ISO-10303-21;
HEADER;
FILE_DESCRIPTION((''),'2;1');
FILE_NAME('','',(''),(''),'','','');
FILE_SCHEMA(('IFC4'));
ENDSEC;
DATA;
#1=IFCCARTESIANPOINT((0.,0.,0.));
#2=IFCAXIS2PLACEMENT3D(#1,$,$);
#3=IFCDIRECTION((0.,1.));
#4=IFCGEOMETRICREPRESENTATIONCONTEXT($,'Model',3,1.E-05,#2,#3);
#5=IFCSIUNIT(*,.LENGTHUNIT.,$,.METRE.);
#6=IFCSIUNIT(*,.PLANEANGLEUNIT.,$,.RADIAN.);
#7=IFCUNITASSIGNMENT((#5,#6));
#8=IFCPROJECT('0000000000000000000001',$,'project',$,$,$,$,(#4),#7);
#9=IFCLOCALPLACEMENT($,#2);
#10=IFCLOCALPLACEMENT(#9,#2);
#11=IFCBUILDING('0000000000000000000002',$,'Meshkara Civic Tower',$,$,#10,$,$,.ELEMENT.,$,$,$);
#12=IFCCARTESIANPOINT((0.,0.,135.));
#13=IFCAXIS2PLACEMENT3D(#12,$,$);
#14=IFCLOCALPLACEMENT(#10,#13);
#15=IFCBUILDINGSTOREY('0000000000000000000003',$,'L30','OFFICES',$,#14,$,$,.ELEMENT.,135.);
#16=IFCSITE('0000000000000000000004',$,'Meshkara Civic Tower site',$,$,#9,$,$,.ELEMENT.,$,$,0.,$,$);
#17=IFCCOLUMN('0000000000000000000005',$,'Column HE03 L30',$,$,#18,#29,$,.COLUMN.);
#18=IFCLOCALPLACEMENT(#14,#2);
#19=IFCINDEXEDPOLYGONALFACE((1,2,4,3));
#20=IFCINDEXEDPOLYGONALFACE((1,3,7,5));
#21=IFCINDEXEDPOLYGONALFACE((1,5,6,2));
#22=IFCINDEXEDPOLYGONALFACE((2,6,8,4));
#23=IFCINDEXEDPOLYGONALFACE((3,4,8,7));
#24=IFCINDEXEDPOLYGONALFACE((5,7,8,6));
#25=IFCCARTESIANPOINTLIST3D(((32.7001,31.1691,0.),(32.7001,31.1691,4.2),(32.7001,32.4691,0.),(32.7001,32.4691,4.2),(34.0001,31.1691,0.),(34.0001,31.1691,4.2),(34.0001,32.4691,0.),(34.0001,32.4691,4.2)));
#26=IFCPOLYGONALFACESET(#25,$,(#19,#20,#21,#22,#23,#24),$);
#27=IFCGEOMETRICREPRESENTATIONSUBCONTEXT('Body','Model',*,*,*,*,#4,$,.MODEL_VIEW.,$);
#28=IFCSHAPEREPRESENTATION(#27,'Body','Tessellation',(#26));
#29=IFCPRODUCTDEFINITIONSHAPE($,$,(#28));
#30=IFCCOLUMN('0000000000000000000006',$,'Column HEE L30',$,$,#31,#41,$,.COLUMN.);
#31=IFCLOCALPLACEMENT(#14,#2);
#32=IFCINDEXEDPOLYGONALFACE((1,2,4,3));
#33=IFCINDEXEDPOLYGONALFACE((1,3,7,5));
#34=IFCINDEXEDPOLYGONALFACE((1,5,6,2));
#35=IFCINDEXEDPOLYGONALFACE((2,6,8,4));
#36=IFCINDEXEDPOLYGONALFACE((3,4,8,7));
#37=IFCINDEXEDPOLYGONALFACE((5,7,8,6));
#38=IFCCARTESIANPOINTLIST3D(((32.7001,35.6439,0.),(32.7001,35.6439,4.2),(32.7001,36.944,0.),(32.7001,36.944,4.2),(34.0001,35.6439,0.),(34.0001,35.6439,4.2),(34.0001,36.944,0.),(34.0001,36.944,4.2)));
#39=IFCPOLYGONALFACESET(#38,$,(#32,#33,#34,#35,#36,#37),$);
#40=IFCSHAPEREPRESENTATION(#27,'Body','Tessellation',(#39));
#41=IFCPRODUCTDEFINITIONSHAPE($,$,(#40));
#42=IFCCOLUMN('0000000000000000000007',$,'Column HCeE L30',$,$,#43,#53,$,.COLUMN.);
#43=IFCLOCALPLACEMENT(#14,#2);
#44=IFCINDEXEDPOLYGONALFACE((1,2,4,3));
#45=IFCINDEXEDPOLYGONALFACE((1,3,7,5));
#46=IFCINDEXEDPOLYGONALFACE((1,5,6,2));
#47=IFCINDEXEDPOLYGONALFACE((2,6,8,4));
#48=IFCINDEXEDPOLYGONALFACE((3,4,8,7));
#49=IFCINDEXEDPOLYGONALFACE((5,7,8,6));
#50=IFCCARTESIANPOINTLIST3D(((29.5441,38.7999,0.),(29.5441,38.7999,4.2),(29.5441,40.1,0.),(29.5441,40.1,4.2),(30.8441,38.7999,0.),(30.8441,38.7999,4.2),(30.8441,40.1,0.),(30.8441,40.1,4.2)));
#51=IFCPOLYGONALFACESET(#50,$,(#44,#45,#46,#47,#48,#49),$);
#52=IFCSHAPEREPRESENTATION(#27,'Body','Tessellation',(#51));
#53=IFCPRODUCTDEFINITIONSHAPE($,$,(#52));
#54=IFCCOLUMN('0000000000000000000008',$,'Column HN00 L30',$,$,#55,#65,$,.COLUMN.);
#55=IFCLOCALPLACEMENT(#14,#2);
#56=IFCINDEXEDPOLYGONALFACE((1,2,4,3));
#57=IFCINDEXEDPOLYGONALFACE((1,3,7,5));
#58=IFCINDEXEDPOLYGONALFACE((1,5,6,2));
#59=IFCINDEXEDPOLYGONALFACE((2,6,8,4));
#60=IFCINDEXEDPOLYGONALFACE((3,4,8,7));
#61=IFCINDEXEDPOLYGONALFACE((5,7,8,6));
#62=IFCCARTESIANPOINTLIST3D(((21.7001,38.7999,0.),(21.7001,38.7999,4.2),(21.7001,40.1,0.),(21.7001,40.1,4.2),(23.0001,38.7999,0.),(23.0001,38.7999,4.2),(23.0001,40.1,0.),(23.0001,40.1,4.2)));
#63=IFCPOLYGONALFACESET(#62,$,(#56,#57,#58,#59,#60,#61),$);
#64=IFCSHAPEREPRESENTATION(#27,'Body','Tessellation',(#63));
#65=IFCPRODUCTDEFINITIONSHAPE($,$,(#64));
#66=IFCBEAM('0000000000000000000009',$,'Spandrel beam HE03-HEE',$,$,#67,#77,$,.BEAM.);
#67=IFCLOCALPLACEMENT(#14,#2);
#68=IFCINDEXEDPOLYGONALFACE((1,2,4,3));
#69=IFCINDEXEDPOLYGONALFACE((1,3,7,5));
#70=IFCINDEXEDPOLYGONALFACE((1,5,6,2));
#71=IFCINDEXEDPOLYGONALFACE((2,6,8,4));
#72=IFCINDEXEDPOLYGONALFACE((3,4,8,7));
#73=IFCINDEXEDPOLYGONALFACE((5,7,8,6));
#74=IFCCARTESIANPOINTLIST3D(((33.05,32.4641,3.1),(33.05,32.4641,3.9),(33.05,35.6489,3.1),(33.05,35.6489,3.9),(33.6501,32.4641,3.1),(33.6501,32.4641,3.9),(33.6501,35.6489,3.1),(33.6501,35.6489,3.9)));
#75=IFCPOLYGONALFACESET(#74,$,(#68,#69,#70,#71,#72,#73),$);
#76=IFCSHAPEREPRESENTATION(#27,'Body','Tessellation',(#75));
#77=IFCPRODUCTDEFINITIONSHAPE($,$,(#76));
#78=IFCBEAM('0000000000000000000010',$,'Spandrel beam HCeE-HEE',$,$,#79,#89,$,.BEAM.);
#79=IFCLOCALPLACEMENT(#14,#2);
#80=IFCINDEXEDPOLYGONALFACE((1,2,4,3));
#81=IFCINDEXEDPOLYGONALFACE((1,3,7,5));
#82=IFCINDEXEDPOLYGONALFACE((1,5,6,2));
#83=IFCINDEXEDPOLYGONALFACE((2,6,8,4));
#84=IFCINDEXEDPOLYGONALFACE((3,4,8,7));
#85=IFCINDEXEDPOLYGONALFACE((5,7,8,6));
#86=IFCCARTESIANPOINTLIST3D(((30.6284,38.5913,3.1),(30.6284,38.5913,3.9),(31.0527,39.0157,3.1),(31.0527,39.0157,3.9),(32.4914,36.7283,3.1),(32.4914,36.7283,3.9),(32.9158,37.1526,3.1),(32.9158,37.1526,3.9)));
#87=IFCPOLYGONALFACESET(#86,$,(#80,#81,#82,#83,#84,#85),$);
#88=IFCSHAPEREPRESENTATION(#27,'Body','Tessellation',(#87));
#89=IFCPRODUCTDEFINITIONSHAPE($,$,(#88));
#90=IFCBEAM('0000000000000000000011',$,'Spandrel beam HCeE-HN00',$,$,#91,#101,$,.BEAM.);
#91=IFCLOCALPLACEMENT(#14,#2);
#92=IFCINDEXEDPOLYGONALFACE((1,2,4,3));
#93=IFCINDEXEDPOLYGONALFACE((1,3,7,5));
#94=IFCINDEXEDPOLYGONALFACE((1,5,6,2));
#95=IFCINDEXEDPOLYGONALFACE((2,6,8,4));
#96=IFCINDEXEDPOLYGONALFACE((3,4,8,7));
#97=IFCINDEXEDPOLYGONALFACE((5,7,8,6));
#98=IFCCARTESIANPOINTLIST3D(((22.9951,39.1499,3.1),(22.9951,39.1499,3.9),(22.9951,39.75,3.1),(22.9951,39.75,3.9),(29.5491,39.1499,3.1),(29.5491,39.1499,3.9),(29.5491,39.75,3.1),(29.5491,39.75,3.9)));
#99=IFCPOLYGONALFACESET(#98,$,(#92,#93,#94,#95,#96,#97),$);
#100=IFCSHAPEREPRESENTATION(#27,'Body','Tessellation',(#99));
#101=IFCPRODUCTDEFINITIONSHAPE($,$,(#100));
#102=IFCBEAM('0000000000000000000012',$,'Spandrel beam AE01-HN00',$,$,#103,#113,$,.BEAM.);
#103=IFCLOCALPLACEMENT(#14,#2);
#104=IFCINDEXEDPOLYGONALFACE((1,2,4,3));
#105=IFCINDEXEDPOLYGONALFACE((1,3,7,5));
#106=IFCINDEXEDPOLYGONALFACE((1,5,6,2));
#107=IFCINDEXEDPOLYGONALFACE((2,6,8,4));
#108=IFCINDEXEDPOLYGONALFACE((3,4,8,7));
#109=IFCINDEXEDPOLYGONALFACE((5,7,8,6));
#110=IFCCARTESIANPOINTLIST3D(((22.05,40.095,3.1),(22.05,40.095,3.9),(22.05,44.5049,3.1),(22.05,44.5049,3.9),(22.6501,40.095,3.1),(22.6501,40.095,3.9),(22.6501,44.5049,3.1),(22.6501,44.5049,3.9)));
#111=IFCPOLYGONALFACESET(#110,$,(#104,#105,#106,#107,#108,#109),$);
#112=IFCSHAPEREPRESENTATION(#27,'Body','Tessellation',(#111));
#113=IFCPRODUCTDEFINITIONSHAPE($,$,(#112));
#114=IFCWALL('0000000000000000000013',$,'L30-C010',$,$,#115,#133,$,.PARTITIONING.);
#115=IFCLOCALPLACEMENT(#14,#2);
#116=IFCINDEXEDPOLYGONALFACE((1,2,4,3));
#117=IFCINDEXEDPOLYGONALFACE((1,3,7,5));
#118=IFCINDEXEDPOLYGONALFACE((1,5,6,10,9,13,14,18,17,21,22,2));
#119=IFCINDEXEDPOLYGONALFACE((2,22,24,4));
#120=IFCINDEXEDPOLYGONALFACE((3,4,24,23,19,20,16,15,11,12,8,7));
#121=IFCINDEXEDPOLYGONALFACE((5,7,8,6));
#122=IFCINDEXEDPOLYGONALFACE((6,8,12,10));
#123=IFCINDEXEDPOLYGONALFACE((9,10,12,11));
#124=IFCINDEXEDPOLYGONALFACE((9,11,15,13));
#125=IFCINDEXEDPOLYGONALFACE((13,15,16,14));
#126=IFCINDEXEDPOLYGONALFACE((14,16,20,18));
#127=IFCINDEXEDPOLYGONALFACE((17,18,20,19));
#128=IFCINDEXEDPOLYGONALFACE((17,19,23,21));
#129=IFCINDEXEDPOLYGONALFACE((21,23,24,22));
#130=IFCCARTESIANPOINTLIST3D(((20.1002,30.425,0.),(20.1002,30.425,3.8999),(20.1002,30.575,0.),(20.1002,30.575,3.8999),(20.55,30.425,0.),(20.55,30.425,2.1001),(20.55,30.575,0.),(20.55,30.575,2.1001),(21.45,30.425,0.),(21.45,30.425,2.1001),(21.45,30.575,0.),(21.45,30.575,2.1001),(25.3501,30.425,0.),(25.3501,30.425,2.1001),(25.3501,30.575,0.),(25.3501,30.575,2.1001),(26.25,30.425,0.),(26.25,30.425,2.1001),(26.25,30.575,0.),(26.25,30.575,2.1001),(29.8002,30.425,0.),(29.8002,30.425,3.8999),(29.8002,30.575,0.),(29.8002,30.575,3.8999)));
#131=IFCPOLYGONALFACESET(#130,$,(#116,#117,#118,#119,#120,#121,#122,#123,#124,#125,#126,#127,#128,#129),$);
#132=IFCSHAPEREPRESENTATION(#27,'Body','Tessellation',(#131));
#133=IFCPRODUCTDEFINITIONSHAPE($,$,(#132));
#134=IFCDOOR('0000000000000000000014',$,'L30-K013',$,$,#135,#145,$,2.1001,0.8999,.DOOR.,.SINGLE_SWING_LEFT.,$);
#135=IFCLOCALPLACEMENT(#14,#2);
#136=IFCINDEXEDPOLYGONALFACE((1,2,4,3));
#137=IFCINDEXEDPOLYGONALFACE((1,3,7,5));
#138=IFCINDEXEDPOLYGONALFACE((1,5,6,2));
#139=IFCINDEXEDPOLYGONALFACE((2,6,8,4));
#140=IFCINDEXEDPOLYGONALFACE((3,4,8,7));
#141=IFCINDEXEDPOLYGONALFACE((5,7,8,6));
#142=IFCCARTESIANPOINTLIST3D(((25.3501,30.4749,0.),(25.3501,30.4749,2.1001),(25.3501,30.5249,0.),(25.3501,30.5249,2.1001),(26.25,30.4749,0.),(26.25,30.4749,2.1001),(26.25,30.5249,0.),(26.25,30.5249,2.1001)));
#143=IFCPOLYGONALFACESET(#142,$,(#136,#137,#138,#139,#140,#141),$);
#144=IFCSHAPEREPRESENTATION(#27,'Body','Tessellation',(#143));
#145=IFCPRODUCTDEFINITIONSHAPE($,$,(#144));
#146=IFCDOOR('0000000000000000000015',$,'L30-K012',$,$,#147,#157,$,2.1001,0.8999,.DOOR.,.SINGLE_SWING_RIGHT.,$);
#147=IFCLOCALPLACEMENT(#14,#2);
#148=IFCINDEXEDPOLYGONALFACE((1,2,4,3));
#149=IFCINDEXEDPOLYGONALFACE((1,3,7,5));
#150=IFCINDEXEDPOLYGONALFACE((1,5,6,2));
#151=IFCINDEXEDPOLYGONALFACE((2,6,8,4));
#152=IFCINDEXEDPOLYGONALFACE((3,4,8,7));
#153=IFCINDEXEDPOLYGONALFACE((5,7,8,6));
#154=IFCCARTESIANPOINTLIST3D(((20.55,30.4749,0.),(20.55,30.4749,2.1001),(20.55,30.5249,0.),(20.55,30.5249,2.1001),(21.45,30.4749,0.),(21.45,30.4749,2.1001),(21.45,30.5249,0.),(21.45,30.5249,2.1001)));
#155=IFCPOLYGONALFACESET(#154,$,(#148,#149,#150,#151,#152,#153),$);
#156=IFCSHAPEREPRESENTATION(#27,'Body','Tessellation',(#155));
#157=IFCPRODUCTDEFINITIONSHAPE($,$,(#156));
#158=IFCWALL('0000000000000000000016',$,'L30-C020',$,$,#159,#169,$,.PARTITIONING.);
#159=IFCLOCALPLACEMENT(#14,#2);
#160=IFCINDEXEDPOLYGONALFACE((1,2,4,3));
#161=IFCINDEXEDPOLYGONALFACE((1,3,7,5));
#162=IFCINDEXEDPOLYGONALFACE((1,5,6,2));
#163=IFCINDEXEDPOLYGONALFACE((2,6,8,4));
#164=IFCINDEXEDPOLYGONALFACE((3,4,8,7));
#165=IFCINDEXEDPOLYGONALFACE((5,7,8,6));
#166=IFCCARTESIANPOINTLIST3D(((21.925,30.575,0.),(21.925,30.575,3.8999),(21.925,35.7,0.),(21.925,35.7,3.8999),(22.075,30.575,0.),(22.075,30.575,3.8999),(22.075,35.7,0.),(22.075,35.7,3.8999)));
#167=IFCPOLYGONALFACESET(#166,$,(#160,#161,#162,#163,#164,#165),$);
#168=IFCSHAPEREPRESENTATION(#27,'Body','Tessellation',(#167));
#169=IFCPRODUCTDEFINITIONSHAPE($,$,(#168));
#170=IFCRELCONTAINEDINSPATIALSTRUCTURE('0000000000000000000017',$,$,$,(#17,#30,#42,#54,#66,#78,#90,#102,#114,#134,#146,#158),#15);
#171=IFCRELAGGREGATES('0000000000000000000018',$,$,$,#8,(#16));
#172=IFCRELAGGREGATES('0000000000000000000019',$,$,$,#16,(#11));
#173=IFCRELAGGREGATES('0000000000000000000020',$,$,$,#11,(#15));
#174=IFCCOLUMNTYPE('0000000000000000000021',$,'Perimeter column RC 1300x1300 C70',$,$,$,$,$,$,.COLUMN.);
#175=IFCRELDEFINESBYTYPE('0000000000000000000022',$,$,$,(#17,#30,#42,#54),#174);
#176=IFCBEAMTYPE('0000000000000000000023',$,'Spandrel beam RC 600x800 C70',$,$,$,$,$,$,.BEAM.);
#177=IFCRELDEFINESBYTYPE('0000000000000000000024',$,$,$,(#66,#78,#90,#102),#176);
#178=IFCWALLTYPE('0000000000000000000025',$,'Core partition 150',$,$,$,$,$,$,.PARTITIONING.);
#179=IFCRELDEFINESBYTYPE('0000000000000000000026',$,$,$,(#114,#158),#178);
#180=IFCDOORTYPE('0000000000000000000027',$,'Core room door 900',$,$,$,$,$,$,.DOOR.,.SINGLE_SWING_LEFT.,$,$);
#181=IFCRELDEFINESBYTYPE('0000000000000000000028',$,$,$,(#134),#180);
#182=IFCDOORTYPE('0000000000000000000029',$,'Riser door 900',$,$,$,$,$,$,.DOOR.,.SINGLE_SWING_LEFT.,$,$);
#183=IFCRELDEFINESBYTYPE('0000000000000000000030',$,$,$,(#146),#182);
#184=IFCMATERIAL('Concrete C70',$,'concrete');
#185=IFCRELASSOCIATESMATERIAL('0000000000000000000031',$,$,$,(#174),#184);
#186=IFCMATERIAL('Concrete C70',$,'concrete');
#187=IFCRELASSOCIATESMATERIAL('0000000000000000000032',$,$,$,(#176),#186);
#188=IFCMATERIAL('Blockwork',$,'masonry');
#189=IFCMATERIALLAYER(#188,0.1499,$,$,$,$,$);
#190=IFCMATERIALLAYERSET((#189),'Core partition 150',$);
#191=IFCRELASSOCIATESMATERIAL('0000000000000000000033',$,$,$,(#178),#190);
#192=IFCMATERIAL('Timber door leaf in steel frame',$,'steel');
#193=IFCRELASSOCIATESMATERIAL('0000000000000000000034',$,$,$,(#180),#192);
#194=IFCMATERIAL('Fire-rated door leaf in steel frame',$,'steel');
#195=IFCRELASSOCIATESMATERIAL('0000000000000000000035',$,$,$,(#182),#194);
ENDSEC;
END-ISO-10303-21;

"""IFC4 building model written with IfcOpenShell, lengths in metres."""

from ifc_helpers import new_model, si_unit, direction, frame, frame_2d, origin, origin_2d, place, context, subcontext, project, spatial, rectangle, extrude, material, layer, layer_set, material_profile, profile_set, type_object, element, fill, save


model = new_model("IFC4")

# Units and contexts
model_context = context("Model", 3, precision=1e-05, world=origin(), true_north=direction((0.0, 1.0)))
body_context = subcontext(model_context, "Body", "Model", "MODEL_VIEW")
ifc_project = project(units=[si_unit("LENGTHUNIT", "METRE"), si_unit("PLANEANGLEUNIT", "RADIAN")], contexts=[model_context])

# Site, building, storey
site_placement = place(None, origin())
site = spatial("IfcSite", under=ifc_project, at=site_placement, Name="Meshkara Civic Tower site", CompositionType="ELEMENT", RefElevation=0.0)
building_placement = place(site_placement, origin())
building = spatial("IfcBuilding", under=site, at=building_placement, Name="Meshkara Civic Tower", CompositionType="ELEMENT")
storey_placement = place(building_placement, frame((0.0, 0.0, 135.0)))
storey = spatial("IfcBuildingStorey", under=building, at=storey_placement, Name="L30", Description="OFFICES", CompositionType="ELEMENT", Elevation=135.0)

# Columns
ifc_material_1 = material(Name="Concrete C70", Category="concrete")
ifc_material_profile_1 = material_profile(ifc_material_1, rectangle(XDim=1.3, YDim=1.3, at=origin_2d()))
ifc_profile_set_1 = profile_set([ifc_material_profile_1], Name="Concrete C70")
column_type = type_object("IfcColumnType", Name="Perimeter column RC 1300x1300 C70", PredefinedType="COLUMN", material=ifc_profile_set_1)
for number, where, z_axis, x_axis, name in (
    (1, (33.3501, 31.8191, 0.0), (0.0, 0.0, 1.0), (1.0, 0.0, 0.0), "Column HE03 L30"),
    (2, (33.3501, 36.2939, 0.0), (0.0, 0.0, 1.0), (1.0, 0.0, 0.0), "Column HEE L30"),
    (3, (30.1941, 39.45, 0.0), (0.0, 0.0, 1.0), (1.0, 0.0, 0.0), "Column HCeE L30"),
    (4, (22.3501, 39.45, 0.0), (0.0, 0.0, 1.0), (1.0, 0.0, 0.0), "Column HN00 L30"),
):
    element("IfcColumn", number, at=place(storey_placement, frame(where, z_axis=z_axis, x_axis=x_axis)), inside=storey, type_object=column_type, Name=name, PredefinedType="COLUMN", context=body_context, shape_type="SweptSolid", body=[
        extrude(rectangle(XDim=1.3, YDim=1.3, at=origin_2d()), origin(), (0.0, 0.0, 1.0), 4.2),
    ])

# Beams
ifc_material_2 = material(Name="Concrete C70", Category="concrete")
ifc_material_profile_2 = material_profile(ifc_material_2, rectangle(XDim=0.6001, YDim=0.8, at=origin_2d()))
ifc_profile_set_2 = profile_set([ifc_material_profile_2], Name="Concrete C70")
beam_type = type_object("IfcBeamType", Name="Spandrel beam RC 600x800 C70", PredefinedType="BEAM", material=ifc_profile_set_2)
beam_1_placement = place(storey_placement, frame((33.3501, 32.4641, 3.5), z_axis=(0.0, 1.0, 0.0), x_axis=(-1.0, 0.0, 0.0)))
element("IfcBeam", 5, at=beam_1_placement, inside=storey, type_object=beam_type, Name="Spandrel beam HE03-HEE", PredefinedType="BEAM", context=body_context, shape_type="SweptSolid", body=[
    extrude(rectangle(XDim=0.6001, YDim=0.8, at=origin_2d()), origin(), (0.0, 0.0, 1.0), 3.1848),
])
beam_2_placement = place(storey_placement, frame((32.7036, 36.9404, 3.5), z_axis=(-0.707107, 0.707107, 0.0), x_axis=(-0.707107, -0.707107, 0.0)))
element("IfcBeam", 6, at=beam_2_placement, inside=storey, type_object=beam_type, Name="Spandrel beam HCeE-HEE", PredefinedType="BEAM", context=body_context, shape_type="SweptSolid", body=[
    extrude(rectangle(XDim=0.6001, YDim=0.8, at=origin_2d()), origin(), (0.0, 0.0, 1.0), 2.6348),
])
beam_3_placement = place(storey_placement, frame((29.5491, 39.45, 3.5), z_axis=(-1.0, 0.0, 0.0), x_axis=(0.0, -1.0, 0.0)))
element("IfcBeam", 7, at=beam_3_placement, inside=storey, type_object=beam_type, Name="Spandrel beam HCeE-HN00", PredefinedType="BEAM", context=body_context, shape_type="SweptSolid", body=[
    extrude(rectangle(XDim=0.6001, YDim=0.8, at=origin_2d()), origin(), (0.0, 0.0, 1.0), 6.554),
])
beam_4_placement = place(storey_placement, frame((22.3501, 40.095, 3.5), z_axis=(0.0, 1.0, 0.0), x_axis=(-1.0, 0.0, 0.0)))
element("IfcBeam", 8, at=beam_4_placement, inside=storey, type_object=beam_type, Name="Spandrel beam AE01-HN00", PredefinedType="BEAM", context=body_context, shape_type="SweptSolid", body=[
    extrude(rectangle(XDim=0.6001, YDim=0.8, at=origin_2d()), origin(), (0.0, 0.0, 1.0), 4.4099),
])

# Wall, openings, doors
ifc_material_3 = material(Name="Blockwork", Category="masonry")
ifc_layer_1 = layer(ifc_material_3, 0.1499)
ifc_layer_set_1 = layer_set([ifc_layer_1], Name="Core partition 150")
wall_type_1 = type_object("IfcWallType", Name="Core partition 150", PredefinedType="PARTITIONING", material=ifc_layer_set_1)
wall_1_placement = place(storey_placement, frame((20.1001, 30.5, 0.0), z_axis=(0.0, 0.0, 1.0), x_axis=(1.0, 0.0, 0.0)))
wall_1 = element("IfcWall", 9, at=wall_1_placement, inside=storey, type_object=wall_type_1, Name="L30-C010", PredefinedType="PARTITIONING", context=body_context, shape_type="SweptSolid", body=[
    extrude(rectangle(XDim=9.7, YDim=0.1499, at=frame_2d((4.8501, 0.0))), origin(), (0.0, 0.0, 1.0), 3.8999),
])
opening_1_placement = place(wall_1_placement, frame((0.45, 0.0, 0.0)))
opening_1 = element("IfcOpeningElement", 10, at=opening_1_placement, cuts=wall_1, PredefinedType="OPENING", context=body_context, shape_type="SweptSolid", body=[
    extrude(rectangle(XDim=0.8999, YDim=2.1001, at=frame_2d((0.45, 1.05))), frame((0.0, 0.085, 0.0), z_axis=(0.0, -1.0, 0.0), x_axis=(1.0, 0.0, 0.0)), (0.0, 0.0, 1.0), 0.1699),
])
opening_2_placement = place(wall_1_placement, frame((5.25, 0.0, 0.0)))
opening_2 = element("IfcOpeningElement", 11, at=opening_2_placement, cuts=wall_1, PredefinedType="OPENING", context=body_context, shape_type="SweptSolid", body=[
    extrude(rectangle(XDim=0.8999, YDim=2.1001, at=frame_2d((0.45, 1.05))), frame((0.0, 0.085, 0.0), z_axis=(0.0, -1.0, 0.0), x_axis=(1.0, 0.0, 0.0)), (0.0, 0.0, 1.0), 0.1699),
])
ifc_material_4 = material(Name="Timber door leaf in steel frame", Category="steel")
door_type_1 = type_object("IfcDoorType", Name="Core room door 900", OperationType="SINGLE_SWING_LEFT", PredefinedType="DOOR", material=ifc_material_4)
door_1_placement = place(opening_2_placement, origin())
door_1 = element("IfcDoor", 12, at=door_1_placement, inside=storey, type_object=door_type_1, Name="L30-K013", OperationType="SINGLE_SWING_LEFT", OverallHeight=2.1001, OverallWidth=0.8999, PredefinedType="DOOR", context=body_context, shape_type="SweptSolid", body=[
    extrude(rectangle(XDim=0.8999, YDim=2.1001, at=frame_2d((0.45, 1.05))), frame((0.0, 0.0249, 0.0), z_axis=(0.0, -1.0, 0.0), x_axis=(1.0, 0.0, 0.0)), (0.0, 0.0, 1.0), 0.05),
])
fill(opening_2, door_1)
ifc_material_5 = material(Name="Fire-rated door leaf in steel frame", Category="steel")
door_type_2 = type_object("IfcDoorType", Name="Riser door 900", OperationType="SINGLE_SWING_LEFT", PredefinedType="DOOR", material=ifc_material_5)
door_2_placement = place(opening_1_placement, origin())
door_2 = element("IfcDoor", 13, at=door_2_placement, inside=storey, type_object=door_type_2, Name="L30-K012", OperationType="SINGLE_SWING_RIGHT", OverallHeight=2.1001, OverallWidth=0.8999, PredefinedType="DOOR", context=body_context, shape_type="SweptSolid", body=[
    extrude(rectangle(XDim=0.8999, YDim=2.1001, at=frame_2d((0.45, 1.05))), frame((0.0, 0.0249, 0.0), z_axis=(0.0, -1.0, 0.0), x_axis=(1.0, 0.0, 0.0)), (0.0, 0.0, 1.0), 0.05),
])
fill(opening_1, door_2)

# Wall
wall_2_placement = place(storey_placement, frame((22.0, 30.575, 0.0), z_axis=(0.0, 0.0, 1.0), x_axis=(0.0, 1.0, 0.0)))
element("IfcWall", 14, at=wall_2_placement, inside=storey, type_object=wall_type_1, Name="L30-C020", PredefinedType="PARTITIONING", context=body_context, shape_type="SweptSolid", body=[
    extrude(rectangle(XDim=5.125, YDim=0.1499, at=frame_2d((2.5625, 0.0))), origin(), (0.0, 0.0, 1.0), 3.8999),
])

save(model, "model.ifc")
